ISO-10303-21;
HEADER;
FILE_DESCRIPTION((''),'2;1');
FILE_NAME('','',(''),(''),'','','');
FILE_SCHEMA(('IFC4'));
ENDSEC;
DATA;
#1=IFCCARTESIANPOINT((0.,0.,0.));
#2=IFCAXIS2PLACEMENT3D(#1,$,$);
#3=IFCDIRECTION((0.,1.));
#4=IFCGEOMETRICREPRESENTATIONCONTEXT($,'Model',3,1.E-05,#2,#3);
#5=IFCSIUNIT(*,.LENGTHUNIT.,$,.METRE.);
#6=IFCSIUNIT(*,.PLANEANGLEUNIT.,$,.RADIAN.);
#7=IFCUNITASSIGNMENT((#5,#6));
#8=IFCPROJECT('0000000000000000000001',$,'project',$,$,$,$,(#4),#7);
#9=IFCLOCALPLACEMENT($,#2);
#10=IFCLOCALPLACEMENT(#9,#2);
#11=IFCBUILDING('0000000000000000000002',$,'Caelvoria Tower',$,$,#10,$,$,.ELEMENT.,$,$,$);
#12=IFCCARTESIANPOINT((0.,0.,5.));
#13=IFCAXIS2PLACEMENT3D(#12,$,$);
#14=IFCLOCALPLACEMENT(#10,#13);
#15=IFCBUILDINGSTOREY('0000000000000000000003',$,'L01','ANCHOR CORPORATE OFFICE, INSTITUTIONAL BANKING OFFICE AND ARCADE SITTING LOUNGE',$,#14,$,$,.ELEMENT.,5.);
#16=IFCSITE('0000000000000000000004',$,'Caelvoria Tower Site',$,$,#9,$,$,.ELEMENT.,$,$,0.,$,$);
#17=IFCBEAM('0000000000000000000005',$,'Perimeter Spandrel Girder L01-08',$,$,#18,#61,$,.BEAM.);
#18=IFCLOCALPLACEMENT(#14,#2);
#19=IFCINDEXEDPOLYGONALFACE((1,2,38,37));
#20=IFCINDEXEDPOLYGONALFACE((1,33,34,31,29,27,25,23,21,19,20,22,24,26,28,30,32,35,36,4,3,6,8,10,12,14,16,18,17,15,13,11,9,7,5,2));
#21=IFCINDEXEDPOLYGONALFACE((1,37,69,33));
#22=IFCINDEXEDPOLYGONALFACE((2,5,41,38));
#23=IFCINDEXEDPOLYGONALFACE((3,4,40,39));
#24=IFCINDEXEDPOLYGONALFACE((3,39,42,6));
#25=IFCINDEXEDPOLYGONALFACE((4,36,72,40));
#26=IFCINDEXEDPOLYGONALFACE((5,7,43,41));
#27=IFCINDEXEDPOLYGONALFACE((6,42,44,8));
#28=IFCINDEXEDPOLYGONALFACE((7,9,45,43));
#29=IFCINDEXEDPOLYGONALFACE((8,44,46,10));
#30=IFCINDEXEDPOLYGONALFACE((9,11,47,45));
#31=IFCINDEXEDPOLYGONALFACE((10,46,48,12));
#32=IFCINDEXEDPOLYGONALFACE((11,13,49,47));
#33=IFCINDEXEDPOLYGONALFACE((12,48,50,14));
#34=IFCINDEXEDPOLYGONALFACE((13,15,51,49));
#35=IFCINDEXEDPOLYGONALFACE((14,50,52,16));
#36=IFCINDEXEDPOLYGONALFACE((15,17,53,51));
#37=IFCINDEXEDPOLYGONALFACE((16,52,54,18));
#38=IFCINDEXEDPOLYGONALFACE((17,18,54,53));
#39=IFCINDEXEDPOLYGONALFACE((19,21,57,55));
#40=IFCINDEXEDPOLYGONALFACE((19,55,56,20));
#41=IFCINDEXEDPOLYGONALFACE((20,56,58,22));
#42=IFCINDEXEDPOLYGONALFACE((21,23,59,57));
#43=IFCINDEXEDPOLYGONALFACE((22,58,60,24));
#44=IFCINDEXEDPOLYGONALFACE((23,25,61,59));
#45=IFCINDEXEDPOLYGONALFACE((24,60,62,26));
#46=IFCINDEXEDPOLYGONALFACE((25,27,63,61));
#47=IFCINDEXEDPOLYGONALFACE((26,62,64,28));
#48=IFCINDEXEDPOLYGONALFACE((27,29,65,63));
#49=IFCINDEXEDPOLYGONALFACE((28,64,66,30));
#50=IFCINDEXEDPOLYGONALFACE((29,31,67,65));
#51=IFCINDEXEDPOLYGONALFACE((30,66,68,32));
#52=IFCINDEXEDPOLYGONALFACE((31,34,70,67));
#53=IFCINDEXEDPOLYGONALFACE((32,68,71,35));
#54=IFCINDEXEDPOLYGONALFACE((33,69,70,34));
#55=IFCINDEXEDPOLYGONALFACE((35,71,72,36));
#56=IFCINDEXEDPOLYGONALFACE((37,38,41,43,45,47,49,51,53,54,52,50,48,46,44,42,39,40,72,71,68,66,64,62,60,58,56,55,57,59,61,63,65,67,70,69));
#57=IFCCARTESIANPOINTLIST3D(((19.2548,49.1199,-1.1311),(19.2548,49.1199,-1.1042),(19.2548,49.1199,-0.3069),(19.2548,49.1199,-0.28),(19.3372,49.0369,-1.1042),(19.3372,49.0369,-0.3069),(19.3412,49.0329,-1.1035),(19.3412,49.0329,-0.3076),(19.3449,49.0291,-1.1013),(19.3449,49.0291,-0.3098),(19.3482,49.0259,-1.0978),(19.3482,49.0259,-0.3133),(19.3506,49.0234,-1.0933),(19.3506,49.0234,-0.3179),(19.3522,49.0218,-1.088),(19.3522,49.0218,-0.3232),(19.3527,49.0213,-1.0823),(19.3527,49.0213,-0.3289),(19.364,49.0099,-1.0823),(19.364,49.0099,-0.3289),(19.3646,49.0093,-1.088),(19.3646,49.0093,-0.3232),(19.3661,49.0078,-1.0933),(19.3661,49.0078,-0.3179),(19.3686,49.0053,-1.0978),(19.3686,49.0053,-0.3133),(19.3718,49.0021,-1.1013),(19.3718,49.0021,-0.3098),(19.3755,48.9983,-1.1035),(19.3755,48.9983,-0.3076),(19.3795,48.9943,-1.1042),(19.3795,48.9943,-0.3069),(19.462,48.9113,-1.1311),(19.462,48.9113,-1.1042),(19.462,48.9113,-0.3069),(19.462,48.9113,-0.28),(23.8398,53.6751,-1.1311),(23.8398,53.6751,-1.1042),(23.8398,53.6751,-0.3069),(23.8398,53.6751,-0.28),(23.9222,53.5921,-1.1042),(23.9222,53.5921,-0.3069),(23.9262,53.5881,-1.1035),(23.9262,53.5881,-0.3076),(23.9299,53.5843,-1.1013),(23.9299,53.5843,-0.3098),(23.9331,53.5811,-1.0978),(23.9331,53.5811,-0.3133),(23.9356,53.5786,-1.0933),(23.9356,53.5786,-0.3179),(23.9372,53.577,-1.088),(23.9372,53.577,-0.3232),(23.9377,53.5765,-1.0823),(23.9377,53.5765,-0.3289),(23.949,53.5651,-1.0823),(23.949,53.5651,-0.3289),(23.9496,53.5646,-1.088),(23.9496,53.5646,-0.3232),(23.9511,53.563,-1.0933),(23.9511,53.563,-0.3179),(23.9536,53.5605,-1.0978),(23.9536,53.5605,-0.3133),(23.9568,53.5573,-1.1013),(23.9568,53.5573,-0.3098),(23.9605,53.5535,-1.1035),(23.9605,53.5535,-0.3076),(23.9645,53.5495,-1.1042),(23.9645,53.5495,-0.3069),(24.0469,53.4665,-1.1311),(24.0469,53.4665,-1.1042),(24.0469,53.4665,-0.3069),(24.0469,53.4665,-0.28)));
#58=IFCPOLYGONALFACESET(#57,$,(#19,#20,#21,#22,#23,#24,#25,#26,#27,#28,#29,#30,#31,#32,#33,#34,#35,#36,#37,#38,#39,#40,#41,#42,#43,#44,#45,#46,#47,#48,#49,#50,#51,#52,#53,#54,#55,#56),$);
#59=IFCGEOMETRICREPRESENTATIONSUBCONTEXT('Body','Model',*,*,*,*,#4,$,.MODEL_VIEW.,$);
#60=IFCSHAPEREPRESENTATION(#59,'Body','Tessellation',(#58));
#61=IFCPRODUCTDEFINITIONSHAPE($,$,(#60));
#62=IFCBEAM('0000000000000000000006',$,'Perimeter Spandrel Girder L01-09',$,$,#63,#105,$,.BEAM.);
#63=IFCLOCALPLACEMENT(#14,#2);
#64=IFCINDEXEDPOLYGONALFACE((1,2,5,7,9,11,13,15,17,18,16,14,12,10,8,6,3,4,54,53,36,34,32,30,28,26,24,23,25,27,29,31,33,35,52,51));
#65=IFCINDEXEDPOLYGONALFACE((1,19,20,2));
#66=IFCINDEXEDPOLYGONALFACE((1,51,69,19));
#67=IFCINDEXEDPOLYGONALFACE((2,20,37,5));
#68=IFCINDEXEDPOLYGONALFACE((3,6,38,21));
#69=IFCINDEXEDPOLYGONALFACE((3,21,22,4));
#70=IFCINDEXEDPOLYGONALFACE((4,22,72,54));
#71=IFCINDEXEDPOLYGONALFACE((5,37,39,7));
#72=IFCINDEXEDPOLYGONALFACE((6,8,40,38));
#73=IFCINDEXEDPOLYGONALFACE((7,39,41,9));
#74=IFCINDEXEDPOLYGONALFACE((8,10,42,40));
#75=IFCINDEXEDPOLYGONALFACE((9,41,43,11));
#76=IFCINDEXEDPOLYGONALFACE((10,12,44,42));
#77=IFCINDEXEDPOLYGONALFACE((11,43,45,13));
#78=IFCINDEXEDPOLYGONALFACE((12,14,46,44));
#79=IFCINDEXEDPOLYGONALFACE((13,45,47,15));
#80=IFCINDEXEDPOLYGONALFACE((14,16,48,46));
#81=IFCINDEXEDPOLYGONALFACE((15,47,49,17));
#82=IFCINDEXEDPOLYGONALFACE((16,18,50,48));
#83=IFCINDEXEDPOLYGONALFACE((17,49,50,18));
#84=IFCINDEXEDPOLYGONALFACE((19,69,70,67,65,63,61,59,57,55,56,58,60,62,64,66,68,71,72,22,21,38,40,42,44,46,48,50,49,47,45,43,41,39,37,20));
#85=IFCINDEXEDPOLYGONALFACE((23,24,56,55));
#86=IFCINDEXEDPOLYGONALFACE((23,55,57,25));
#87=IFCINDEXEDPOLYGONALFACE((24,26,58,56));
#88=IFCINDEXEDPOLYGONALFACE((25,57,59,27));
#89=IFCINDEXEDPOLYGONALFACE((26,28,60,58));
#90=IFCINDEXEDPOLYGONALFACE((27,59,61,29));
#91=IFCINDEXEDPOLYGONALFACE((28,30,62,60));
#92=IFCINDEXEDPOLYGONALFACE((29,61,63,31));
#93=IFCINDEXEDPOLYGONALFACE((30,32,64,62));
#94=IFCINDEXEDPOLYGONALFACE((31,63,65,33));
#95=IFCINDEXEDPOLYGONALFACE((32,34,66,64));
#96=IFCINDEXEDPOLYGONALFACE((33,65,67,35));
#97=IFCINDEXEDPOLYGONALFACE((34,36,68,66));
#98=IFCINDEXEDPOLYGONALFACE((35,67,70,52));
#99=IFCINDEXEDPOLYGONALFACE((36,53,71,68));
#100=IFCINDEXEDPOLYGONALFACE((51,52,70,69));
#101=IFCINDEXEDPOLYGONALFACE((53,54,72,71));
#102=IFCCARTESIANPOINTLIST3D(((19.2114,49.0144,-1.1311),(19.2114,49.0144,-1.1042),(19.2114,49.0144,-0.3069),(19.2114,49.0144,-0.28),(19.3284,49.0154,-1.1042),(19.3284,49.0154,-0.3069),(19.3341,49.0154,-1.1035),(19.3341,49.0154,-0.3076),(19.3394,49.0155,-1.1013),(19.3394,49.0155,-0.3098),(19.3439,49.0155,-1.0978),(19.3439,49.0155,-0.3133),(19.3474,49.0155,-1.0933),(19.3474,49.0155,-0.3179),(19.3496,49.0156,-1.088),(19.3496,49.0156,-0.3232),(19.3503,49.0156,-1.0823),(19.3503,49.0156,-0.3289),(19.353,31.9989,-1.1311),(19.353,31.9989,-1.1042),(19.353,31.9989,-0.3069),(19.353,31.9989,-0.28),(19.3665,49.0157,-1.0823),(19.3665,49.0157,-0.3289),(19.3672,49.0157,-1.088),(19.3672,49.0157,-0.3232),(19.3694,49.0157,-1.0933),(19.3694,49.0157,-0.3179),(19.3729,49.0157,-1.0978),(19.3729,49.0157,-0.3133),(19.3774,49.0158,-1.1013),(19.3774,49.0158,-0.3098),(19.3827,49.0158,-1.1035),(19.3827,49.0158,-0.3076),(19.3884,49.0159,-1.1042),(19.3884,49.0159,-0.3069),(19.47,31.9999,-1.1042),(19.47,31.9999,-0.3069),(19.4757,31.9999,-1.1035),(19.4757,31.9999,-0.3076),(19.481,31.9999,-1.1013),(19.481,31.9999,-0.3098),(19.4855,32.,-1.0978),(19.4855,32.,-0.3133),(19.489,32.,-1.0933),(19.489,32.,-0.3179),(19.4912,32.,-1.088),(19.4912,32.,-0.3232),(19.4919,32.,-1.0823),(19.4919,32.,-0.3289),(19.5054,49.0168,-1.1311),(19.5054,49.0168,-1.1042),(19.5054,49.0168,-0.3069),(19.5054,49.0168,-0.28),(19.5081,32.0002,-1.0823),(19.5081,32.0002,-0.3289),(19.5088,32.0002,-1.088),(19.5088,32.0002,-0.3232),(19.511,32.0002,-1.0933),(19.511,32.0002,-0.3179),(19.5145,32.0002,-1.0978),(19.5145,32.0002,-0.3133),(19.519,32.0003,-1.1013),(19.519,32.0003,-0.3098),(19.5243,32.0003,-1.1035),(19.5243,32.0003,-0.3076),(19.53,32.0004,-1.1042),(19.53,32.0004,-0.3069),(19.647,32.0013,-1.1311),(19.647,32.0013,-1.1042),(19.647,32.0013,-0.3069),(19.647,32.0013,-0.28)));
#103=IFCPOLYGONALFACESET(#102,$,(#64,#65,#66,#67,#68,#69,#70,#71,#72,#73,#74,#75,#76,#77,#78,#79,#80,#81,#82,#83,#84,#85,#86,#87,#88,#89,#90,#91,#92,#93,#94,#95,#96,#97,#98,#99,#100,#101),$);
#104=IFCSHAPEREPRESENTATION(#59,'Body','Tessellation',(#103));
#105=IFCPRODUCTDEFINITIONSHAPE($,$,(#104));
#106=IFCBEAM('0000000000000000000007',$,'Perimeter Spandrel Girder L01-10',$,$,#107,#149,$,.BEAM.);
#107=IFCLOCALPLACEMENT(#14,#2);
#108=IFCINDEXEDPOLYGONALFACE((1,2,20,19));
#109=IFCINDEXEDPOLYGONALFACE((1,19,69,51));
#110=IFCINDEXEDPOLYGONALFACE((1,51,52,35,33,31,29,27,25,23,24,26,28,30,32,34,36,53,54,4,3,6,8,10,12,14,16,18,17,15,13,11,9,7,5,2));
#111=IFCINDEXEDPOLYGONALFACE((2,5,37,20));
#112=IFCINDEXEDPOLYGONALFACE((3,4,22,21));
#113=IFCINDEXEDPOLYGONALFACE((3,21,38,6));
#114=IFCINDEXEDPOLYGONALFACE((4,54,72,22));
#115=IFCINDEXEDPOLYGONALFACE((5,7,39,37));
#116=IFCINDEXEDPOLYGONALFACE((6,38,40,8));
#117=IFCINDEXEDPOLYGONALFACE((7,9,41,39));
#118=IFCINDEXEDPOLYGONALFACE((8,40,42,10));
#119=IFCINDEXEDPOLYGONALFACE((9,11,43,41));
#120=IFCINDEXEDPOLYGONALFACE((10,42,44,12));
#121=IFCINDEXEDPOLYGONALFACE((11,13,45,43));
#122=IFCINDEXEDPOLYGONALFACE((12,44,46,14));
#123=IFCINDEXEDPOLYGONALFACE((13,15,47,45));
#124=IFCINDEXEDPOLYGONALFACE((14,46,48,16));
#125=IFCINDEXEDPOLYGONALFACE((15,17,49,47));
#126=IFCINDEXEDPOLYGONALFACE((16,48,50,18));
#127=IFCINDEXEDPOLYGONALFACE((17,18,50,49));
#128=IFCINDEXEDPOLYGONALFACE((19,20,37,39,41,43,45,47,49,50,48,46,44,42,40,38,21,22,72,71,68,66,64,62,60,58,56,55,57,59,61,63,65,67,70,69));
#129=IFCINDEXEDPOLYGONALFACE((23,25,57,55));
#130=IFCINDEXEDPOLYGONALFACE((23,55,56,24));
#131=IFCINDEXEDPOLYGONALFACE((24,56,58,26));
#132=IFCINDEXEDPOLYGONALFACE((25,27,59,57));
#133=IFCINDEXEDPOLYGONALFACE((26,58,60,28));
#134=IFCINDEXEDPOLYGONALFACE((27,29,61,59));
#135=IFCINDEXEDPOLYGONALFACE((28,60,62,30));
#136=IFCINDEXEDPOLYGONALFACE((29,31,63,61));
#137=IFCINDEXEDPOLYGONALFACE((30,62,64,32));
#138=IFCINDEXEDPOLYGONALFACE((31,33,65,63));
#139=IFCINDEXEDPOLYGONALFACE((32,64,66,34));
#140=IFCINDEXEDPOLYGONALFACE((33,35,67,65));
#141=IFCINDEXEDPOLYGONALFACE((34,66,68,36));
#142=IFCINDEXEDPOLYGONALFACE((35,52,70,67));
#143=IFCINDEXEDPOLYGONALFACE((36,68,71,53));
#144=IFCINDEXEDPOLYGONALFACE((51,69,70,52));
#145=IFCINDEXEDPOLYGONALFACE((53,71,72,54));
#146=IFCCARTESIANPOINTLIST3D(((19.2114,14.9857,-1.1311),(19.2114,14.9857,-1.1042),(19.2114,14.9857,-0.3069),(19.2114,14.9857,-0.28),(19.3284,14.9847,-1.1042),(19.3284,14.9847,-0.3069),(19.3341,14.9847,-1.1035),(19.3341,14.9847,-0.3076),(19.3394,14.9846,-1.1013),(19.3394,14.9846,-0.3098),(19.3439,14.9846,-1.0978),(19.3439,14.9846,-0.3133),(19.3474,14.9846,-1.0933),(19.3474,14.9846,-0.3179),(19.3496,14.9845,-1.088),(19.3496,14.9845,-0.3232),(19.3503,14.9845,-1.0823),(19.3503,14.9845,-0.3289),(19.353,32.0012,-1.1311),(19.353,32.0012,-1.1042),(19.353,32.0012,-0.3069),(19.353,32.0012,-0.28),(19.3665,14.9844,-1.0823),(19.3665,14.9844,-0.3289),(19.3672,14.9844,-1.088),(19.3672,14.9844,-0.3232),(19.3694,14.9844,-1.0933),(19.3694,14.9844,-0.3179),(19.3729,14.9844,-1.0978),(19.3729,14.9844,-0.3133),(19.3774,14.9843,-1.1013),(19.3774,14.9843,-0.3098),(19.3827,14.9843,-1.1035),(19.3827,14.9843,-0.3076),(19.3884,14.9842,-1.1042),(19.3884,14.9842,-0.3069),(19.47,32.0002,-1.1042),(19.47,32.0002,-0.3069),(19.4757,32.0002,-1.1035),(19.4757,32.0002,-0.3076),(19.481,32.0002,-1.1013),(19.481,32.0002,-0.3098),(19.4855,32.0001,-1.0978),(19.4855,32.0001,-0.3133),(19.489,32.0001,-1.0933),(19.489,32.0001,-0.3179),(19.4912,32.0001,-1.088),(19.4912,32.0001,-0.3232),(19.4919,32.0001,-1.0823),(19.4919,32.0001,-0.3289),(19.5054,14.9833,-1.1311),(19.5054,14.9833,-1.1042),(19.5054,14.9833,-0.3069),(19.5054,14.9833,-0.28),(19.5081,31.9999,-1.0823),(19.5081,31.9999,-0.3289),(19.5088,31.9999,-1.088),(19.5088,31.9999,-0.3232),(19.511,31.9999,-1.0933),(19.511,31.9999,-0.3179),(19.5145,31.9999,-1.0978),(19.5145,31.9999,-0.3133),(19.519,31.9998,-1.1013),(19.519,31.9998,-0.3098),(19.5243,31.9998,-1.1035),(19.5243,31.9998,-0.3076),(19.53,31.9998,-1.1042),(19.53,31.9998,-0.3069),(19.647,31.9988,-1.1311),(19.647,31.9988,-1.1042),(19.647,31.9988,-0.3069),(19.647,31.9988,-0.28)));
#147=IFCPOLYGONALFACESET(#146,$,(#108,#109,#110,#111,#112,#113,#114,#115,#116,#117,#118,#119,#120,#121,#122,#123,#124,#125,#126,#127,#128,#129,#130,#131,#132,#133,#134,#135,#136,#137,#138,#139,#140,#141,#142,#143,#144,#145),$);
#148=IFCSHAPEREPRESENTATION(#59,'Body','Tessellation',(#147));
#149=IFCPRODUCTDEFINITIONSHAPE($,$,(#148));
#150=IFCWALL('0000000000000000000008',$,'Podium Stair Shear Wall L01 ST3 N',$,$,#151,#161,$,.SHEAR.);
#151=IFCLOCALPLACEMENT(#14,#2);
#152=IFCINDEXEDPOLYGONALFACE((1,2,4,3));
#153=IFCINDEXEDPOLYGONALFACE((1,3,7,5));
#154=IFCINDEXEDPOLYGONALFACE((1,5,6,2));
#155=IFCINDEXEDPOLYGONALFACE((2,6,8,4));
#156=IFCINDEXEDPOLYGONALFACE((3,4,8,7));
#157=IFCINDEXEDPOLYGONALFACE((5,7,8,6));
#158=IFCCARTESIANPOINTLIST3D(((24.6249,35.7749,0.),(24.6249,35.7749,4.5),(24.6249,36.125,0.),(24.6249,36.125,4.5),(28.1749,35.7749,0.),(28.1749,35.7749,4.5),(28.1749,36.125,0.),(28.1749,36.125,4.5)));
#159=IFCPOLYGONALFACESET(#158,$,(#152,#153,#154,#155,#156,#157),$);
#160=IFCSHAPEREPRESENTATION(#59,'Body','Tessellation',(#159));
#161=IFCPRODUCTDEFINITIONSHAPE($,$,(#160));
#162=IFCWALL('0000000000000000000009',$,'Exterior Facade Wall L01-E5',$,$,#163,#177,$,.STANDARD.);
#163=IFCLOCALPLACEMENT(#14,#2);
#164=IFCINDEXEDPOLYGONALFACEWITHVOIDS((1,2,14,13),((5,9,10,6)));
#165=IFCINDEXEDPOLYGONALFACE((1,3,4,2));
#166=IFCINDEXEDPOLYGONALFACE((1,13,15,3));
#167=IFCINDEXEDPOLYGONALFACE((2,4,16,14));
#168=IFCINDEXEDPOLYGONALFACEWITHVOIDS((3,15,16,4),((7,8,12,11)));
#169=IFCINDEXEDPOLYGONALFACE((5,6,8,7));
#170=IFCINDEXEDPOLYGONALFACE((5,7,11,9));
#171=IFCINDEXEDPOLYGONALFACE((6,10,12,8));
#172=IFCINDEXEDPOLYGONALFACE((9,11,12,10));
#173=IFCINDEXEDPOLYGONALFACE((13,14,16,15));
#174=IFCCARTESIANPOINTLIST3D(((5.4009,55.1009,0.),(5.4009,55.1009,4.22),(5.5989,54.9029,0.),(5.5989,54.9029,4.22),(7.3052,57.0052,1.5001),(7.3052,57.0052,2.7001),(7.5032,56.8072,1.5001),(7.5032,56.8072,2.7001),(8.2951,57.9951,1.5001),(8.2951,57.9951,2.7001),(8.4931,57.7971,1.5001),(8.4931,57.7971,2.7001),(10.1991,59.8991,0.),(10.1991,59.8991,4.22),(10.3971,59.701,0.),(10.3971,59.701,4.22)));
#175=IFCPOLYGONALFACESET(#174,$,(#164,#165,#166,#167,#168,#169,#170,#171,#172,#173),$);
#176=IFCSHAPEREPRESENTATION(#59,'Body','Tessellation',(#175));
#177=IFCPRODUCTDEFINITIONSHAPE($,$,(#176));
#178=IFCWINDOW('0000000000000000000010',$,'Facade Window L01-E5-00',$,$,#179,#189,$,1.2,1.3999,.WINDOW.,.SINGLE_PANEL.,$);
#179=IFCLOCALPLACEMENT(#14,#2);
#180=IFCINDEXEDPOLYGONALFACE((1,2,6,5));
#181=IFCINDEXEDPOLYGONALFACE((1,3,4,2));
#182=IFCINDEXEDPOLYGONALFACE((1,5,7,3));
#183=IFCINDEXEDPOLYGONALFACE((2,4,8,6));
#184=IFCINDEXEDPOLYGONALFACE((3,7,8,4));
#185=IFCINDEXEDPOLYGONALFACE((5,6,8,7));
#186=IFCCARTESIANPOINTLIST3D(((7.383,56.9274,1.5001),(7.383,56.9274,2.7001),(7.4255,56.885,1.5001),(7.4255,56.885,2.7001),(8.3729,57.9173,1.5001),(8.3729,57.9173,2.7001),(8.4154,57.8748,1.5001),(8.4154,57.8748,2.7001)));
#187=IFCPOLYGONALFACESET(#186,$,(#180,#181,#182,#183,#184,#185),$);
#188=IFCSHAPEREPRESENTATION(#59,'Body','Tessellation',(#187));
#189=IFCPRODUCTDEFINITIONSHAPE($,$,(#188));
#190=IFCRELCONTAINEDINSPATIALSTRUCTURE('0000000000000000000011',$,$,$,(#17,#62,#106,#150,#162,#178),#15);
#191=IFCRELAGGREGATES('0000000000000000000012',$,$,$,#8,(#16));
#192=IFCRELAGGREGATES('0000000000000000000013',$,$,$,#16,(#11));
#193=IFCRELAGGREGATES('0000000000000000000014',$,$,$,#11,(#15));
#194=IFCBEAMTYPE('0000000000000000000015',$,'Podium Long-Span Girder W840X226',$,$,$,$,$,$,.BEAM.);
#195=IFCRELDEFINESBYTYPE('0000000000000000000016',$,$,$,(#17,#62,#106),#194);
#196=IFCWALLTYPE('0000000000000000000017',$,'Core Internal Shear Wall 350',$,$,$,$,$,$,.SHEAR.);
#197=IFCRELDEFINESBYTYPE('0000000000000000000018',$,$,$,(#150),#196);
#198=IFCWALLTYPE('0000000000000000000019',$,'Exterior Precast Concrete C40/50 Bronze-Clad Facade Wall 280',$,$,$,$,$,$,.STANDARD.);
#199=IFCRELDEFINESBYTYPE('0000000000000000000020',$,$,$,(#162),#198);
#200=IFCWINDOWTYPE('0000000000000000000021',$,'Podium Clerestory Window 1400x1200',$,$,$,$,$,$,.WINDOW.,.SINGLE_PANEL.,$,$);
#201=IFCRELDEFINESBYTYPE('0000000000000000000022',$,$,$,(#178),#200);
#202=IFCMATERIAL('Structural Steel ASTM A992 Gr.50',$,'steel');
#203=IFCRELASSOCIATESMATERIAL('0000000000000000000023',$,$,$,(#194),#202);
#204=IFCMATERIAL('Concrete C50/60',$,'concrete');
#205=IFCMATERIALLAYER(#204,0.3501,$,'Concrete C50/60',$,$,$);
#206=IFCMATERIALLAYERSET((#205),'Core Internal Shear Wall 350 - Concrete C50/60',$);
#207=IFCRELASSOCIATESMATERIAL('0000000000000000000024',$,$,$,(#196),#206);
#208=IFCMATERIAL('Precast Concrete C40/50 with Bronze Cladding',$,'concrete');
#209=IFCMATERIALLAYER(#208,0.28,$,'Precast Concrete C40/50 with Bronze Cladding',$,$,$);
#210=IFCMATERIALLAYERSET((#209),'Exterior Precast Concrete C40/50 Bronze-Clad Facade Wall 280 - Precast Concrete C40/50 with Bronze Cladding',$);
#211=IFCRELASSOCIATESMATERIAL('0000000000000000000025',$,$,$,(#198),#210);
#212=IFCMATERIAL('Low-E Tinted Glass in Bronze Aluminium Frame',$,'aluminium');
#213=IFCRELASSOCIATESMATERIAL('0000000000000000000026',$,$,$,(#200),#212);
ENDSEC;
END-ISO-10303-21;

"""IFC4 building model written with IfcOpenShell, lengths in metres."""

from ifc_helpers import new_model, si_unit, direction, frame, frame_2d, origin, origin_2d, place, context, subcontext, project, spatial, rectangle, i_section, extrude, material, layer, layer_set, material_profile, profile_set, type_object, element, fill, save


model = new_model("IFC4")

# Units and contexts
model_context = context("Model", 3, precision=1e-05, world=origin(), true_north=direction((0.0, 1.0)))
body_context = subcontext(model_context, "Body", "Model", "MODEL_VIEW")
ifc_project = project(units=[si_unit("LENGTHUNIT", "METRE"), si_unit("PLANEANGLEUNIT", "RADIAN")], contexts=[model_context])

# Site, building, storey
site_placement = place(None, origin())
site = spatial("IfcSite", under=ifc_project, at=site_placement, Name="Caelvoria Tower Site", CompositionType="ELEMENT", RefElevation=0.0)
building_placement = place(site_placement, origin())
building = spatial("IfcBuilding", under=site, at=building_placement, Name="Caelvoria Tower", CompositionType="ELEMENT")
storey_placement = place(building_placement, frame((0.0, 0.0, 5.0)))
storey = spatial("IfcBuildingStorey", under=building, at=storey_placement, Name="L01", Description="ANCHOR CORPORATE OFFICE, INSTITUTIONAL BANKING OFFICE AND ARCADE SITTING LOUNGE", CompositionType="ELEMENT", Elevation=5.0)

# Beams
ifc_material_1 = material(Name="Structural Steel ASTM A992 Gr.50", Category="steel")
ifc_material_profile_1 = material_profile(ifc_material_1, i_section(OverallWidth=0.2939, OverallDepth=0.8511, WebThickness=0.0161, FlangeThickness=0.0269, FilletRadius=0.022, at=origin_2d()), Name="Structural Steel ASTM A992 Gr.50")
ifc_profile_set_1 = profile_set([ifc_material_profile_1], Name="W840X226 - Structural Steel ASTM A992 Gr.50")
beam_type_1 = type_object("IfcBeamType", Name="Podium Long-Span Girder W840X226", PredefinedType="BEAM", material=ifc_profile_set_1)
beam_placement = place(storey_placement, frame((23.9434, 53.5708, -0.7056), z_axis=(-0.709407, -0.704799, 0.0), x_axis=(0.704799, -0.709407, 0.0)))
element("IfcBeam", 1, at=beam_placement, inside=storey, type_object=beam_type_1, Name="Perimeter Spandrel Girder L01-08", PredefinedType="BEAM", context=body_context, shape_type="SweptSolid", body=[
    extrude(i_section(OverallWidth=0.2939, OverallDepth=0.8511, WebThickness=0.0161, FlangeThickness=0.0269, FilletRadius=0.022, at=origin_2d()), origin(), (0.0, 0.0, 1.0), 6.4631),
])
for number, where, z_axis, x_axis, name in (
    (2, (19.3584, 49.0156, -0.7056), (0.008322, -0.999965, 0.0), (0.999965, 0.008322, 0.0), "Perimeter Spandrel Girder L01-09"),
    (3, (19.5, 32.0, -0.7056), (-0.008322, -0.999965, 0.0), (0.999965, -0.008322, 0.0), "Perimeter Spandrel Girder L01-10"),
):
    element("IfcBeam", number, at=place(storey_placement, frame(where, z_axis=z_axis, x_axis=x_axis)), inside=storey, type_object=beam_type_1, Name=name, PredefinedType="BEAM", context=body_context, shape_type="SweptSolid", body=[
        extrude(i_section(OverallWidth=0.2939, OverallDepth=0.8511, WebThickness=0.0161, FlangeThickness=0.0269, FilletRadius=0.022, at=origin_2d()), origin(), (0.0, 0.0, 1.0), 17.0161),
    ])

# Wall
ifc_material_2 = material(Name="Concrete C50/60", Category="concrete")
ifc_layer_1 = layer(ifc_material_2, 0.3501, Name="Concrete C50/60")
ifc_layer_set_1 = layer_set([ifc_layer_1], Name="Core Internal Shear Wall 350 - Concrete C50/60")
wall_type_1 = type_object("IfcWallType", Name="Core Internal Shear Wall 350", PredefinedType="SHEAR", material=ifc_layer_set_1)
wall_1_placement = place(storey_placement, frame((24.625, 35.95, 0.0), z_axis=(0.0, 0.0, 1.0), x_axis=(1.0, 0.0, 0.0)))
element("IfcWall", 4, at=wall_1_placement, inside=storey, type_object=wall_type_1, Name="Podium Stair Shear Wall L01 ST3 N", PredefinedType="SHEAR", context=body_context, shape_type="SweptSolid", body=[
    extrude(rectangle(XDim=3.55, YDim=0.3501, at=frame_2d((1.7749, 0.0))), origin(), (0.0, 0.0, 1.0), 4.5),
])

# Wall, opening, window
ifc_material_3 = material(Name="Precast Concrete C40/50 with Bronze Cladding", Category="concrete")
ifc_layer_2 = layer(ifc_material_3, 0.28, Name="Precast Concrete C40/50 with Bronze Cladding")
ifc_layer_set_2 = layer_set([ifc_layer_2], Name="Exterior Precast Concrete C40/50 Bronze-Clad Facade Wall 280 - Precast Concrete C40/50 with Bronze Cladding")
wall_type_2 = type_object("IfcWallType", Name="Exterior Precast Concrete C40/50 Bronze-Clad Facade Wall 280", PredefinedType="STANDARD", material=ifc_layer_set_2)
wall_2_placement = place(storey_placement, frame((10.2981, 59.8, 0.0), z_axis=(0.0, 0.0, 1.0), x_axis=(-0.707107, -0.707107, 0.0)))
wall_2 = element("IfcWall", 5, at=wall_2_placement, inside=storey, type_object=wall_type_2, Name="Exterior Facade Wall L01-E5", PredefinedType="STANDARD", context=body_context, shape_type="SweptSolid", body=[
    extrude(rectangle(XDim=6.7856, YDim=0.28, at=frame_2d((3.3928, 0.0))), origin(), (0.0, 0.0, 1.0), 4.22),
])
opening_1_placement = place(wall_2_placement, frame((2.6926, 0.0, 1.5)))
opening_1 = element("IfcOpeningElement", 6, at=opening_1_placement, cuts=wall_2, PredefinedType="OPENING", context=body_context, shape_type="SweptSolid", body=[
    extrude(rectangle(XDim=1.3999, YDim=1.2, at=frame_2d((0.7, 0.6001))), frame((0.0, 0.1499, 0.0), z_axis=(0.0, -1.0, 0.0), x_axis=(1.0, 0.0, 0.0)), (0.0, 0.0, 1.0), 0.3),
])
ifc_material_4 = material(Name="Low-E Tinted Glass in Bronze Aluminium Frame", Category="aluminium")
window_type_1 = type_object("IfcWindowType", Name="Podium Clerestory Window 1400x1200", PartitioningType="SINGLE_PANEL", PredefinedType="WINDOW", material=ifc_material_4)
window_1_placement = place(opening_1_placement, origin())
window_1 = element("IfcWindow", 7, at=window_1_placement, inside=storey, type_object=window_type_1, Name="Facade Window L01-E5-00", OverallHeight=1.2, OverallWidth=1.3999, PartitioningType="SINGLE_PANEL", PredefinedType="WINDOW", context=body_context, shape_type="SweptSolid", body=[
    extrude(rectangle(XDim=1.3999, YDim=1.2, at=frame_2d((0.7, 0.6001))), frame((0.0, 0.03, 0.0), z_axis=(0.0, -1.0, 0.0), x_axis=(1.0, 0.0, 0.0)), (0.0, 0.0, 1.0), 0.0601),
])
fill(opening_1, window_1)

save(model, "model.ifc")
